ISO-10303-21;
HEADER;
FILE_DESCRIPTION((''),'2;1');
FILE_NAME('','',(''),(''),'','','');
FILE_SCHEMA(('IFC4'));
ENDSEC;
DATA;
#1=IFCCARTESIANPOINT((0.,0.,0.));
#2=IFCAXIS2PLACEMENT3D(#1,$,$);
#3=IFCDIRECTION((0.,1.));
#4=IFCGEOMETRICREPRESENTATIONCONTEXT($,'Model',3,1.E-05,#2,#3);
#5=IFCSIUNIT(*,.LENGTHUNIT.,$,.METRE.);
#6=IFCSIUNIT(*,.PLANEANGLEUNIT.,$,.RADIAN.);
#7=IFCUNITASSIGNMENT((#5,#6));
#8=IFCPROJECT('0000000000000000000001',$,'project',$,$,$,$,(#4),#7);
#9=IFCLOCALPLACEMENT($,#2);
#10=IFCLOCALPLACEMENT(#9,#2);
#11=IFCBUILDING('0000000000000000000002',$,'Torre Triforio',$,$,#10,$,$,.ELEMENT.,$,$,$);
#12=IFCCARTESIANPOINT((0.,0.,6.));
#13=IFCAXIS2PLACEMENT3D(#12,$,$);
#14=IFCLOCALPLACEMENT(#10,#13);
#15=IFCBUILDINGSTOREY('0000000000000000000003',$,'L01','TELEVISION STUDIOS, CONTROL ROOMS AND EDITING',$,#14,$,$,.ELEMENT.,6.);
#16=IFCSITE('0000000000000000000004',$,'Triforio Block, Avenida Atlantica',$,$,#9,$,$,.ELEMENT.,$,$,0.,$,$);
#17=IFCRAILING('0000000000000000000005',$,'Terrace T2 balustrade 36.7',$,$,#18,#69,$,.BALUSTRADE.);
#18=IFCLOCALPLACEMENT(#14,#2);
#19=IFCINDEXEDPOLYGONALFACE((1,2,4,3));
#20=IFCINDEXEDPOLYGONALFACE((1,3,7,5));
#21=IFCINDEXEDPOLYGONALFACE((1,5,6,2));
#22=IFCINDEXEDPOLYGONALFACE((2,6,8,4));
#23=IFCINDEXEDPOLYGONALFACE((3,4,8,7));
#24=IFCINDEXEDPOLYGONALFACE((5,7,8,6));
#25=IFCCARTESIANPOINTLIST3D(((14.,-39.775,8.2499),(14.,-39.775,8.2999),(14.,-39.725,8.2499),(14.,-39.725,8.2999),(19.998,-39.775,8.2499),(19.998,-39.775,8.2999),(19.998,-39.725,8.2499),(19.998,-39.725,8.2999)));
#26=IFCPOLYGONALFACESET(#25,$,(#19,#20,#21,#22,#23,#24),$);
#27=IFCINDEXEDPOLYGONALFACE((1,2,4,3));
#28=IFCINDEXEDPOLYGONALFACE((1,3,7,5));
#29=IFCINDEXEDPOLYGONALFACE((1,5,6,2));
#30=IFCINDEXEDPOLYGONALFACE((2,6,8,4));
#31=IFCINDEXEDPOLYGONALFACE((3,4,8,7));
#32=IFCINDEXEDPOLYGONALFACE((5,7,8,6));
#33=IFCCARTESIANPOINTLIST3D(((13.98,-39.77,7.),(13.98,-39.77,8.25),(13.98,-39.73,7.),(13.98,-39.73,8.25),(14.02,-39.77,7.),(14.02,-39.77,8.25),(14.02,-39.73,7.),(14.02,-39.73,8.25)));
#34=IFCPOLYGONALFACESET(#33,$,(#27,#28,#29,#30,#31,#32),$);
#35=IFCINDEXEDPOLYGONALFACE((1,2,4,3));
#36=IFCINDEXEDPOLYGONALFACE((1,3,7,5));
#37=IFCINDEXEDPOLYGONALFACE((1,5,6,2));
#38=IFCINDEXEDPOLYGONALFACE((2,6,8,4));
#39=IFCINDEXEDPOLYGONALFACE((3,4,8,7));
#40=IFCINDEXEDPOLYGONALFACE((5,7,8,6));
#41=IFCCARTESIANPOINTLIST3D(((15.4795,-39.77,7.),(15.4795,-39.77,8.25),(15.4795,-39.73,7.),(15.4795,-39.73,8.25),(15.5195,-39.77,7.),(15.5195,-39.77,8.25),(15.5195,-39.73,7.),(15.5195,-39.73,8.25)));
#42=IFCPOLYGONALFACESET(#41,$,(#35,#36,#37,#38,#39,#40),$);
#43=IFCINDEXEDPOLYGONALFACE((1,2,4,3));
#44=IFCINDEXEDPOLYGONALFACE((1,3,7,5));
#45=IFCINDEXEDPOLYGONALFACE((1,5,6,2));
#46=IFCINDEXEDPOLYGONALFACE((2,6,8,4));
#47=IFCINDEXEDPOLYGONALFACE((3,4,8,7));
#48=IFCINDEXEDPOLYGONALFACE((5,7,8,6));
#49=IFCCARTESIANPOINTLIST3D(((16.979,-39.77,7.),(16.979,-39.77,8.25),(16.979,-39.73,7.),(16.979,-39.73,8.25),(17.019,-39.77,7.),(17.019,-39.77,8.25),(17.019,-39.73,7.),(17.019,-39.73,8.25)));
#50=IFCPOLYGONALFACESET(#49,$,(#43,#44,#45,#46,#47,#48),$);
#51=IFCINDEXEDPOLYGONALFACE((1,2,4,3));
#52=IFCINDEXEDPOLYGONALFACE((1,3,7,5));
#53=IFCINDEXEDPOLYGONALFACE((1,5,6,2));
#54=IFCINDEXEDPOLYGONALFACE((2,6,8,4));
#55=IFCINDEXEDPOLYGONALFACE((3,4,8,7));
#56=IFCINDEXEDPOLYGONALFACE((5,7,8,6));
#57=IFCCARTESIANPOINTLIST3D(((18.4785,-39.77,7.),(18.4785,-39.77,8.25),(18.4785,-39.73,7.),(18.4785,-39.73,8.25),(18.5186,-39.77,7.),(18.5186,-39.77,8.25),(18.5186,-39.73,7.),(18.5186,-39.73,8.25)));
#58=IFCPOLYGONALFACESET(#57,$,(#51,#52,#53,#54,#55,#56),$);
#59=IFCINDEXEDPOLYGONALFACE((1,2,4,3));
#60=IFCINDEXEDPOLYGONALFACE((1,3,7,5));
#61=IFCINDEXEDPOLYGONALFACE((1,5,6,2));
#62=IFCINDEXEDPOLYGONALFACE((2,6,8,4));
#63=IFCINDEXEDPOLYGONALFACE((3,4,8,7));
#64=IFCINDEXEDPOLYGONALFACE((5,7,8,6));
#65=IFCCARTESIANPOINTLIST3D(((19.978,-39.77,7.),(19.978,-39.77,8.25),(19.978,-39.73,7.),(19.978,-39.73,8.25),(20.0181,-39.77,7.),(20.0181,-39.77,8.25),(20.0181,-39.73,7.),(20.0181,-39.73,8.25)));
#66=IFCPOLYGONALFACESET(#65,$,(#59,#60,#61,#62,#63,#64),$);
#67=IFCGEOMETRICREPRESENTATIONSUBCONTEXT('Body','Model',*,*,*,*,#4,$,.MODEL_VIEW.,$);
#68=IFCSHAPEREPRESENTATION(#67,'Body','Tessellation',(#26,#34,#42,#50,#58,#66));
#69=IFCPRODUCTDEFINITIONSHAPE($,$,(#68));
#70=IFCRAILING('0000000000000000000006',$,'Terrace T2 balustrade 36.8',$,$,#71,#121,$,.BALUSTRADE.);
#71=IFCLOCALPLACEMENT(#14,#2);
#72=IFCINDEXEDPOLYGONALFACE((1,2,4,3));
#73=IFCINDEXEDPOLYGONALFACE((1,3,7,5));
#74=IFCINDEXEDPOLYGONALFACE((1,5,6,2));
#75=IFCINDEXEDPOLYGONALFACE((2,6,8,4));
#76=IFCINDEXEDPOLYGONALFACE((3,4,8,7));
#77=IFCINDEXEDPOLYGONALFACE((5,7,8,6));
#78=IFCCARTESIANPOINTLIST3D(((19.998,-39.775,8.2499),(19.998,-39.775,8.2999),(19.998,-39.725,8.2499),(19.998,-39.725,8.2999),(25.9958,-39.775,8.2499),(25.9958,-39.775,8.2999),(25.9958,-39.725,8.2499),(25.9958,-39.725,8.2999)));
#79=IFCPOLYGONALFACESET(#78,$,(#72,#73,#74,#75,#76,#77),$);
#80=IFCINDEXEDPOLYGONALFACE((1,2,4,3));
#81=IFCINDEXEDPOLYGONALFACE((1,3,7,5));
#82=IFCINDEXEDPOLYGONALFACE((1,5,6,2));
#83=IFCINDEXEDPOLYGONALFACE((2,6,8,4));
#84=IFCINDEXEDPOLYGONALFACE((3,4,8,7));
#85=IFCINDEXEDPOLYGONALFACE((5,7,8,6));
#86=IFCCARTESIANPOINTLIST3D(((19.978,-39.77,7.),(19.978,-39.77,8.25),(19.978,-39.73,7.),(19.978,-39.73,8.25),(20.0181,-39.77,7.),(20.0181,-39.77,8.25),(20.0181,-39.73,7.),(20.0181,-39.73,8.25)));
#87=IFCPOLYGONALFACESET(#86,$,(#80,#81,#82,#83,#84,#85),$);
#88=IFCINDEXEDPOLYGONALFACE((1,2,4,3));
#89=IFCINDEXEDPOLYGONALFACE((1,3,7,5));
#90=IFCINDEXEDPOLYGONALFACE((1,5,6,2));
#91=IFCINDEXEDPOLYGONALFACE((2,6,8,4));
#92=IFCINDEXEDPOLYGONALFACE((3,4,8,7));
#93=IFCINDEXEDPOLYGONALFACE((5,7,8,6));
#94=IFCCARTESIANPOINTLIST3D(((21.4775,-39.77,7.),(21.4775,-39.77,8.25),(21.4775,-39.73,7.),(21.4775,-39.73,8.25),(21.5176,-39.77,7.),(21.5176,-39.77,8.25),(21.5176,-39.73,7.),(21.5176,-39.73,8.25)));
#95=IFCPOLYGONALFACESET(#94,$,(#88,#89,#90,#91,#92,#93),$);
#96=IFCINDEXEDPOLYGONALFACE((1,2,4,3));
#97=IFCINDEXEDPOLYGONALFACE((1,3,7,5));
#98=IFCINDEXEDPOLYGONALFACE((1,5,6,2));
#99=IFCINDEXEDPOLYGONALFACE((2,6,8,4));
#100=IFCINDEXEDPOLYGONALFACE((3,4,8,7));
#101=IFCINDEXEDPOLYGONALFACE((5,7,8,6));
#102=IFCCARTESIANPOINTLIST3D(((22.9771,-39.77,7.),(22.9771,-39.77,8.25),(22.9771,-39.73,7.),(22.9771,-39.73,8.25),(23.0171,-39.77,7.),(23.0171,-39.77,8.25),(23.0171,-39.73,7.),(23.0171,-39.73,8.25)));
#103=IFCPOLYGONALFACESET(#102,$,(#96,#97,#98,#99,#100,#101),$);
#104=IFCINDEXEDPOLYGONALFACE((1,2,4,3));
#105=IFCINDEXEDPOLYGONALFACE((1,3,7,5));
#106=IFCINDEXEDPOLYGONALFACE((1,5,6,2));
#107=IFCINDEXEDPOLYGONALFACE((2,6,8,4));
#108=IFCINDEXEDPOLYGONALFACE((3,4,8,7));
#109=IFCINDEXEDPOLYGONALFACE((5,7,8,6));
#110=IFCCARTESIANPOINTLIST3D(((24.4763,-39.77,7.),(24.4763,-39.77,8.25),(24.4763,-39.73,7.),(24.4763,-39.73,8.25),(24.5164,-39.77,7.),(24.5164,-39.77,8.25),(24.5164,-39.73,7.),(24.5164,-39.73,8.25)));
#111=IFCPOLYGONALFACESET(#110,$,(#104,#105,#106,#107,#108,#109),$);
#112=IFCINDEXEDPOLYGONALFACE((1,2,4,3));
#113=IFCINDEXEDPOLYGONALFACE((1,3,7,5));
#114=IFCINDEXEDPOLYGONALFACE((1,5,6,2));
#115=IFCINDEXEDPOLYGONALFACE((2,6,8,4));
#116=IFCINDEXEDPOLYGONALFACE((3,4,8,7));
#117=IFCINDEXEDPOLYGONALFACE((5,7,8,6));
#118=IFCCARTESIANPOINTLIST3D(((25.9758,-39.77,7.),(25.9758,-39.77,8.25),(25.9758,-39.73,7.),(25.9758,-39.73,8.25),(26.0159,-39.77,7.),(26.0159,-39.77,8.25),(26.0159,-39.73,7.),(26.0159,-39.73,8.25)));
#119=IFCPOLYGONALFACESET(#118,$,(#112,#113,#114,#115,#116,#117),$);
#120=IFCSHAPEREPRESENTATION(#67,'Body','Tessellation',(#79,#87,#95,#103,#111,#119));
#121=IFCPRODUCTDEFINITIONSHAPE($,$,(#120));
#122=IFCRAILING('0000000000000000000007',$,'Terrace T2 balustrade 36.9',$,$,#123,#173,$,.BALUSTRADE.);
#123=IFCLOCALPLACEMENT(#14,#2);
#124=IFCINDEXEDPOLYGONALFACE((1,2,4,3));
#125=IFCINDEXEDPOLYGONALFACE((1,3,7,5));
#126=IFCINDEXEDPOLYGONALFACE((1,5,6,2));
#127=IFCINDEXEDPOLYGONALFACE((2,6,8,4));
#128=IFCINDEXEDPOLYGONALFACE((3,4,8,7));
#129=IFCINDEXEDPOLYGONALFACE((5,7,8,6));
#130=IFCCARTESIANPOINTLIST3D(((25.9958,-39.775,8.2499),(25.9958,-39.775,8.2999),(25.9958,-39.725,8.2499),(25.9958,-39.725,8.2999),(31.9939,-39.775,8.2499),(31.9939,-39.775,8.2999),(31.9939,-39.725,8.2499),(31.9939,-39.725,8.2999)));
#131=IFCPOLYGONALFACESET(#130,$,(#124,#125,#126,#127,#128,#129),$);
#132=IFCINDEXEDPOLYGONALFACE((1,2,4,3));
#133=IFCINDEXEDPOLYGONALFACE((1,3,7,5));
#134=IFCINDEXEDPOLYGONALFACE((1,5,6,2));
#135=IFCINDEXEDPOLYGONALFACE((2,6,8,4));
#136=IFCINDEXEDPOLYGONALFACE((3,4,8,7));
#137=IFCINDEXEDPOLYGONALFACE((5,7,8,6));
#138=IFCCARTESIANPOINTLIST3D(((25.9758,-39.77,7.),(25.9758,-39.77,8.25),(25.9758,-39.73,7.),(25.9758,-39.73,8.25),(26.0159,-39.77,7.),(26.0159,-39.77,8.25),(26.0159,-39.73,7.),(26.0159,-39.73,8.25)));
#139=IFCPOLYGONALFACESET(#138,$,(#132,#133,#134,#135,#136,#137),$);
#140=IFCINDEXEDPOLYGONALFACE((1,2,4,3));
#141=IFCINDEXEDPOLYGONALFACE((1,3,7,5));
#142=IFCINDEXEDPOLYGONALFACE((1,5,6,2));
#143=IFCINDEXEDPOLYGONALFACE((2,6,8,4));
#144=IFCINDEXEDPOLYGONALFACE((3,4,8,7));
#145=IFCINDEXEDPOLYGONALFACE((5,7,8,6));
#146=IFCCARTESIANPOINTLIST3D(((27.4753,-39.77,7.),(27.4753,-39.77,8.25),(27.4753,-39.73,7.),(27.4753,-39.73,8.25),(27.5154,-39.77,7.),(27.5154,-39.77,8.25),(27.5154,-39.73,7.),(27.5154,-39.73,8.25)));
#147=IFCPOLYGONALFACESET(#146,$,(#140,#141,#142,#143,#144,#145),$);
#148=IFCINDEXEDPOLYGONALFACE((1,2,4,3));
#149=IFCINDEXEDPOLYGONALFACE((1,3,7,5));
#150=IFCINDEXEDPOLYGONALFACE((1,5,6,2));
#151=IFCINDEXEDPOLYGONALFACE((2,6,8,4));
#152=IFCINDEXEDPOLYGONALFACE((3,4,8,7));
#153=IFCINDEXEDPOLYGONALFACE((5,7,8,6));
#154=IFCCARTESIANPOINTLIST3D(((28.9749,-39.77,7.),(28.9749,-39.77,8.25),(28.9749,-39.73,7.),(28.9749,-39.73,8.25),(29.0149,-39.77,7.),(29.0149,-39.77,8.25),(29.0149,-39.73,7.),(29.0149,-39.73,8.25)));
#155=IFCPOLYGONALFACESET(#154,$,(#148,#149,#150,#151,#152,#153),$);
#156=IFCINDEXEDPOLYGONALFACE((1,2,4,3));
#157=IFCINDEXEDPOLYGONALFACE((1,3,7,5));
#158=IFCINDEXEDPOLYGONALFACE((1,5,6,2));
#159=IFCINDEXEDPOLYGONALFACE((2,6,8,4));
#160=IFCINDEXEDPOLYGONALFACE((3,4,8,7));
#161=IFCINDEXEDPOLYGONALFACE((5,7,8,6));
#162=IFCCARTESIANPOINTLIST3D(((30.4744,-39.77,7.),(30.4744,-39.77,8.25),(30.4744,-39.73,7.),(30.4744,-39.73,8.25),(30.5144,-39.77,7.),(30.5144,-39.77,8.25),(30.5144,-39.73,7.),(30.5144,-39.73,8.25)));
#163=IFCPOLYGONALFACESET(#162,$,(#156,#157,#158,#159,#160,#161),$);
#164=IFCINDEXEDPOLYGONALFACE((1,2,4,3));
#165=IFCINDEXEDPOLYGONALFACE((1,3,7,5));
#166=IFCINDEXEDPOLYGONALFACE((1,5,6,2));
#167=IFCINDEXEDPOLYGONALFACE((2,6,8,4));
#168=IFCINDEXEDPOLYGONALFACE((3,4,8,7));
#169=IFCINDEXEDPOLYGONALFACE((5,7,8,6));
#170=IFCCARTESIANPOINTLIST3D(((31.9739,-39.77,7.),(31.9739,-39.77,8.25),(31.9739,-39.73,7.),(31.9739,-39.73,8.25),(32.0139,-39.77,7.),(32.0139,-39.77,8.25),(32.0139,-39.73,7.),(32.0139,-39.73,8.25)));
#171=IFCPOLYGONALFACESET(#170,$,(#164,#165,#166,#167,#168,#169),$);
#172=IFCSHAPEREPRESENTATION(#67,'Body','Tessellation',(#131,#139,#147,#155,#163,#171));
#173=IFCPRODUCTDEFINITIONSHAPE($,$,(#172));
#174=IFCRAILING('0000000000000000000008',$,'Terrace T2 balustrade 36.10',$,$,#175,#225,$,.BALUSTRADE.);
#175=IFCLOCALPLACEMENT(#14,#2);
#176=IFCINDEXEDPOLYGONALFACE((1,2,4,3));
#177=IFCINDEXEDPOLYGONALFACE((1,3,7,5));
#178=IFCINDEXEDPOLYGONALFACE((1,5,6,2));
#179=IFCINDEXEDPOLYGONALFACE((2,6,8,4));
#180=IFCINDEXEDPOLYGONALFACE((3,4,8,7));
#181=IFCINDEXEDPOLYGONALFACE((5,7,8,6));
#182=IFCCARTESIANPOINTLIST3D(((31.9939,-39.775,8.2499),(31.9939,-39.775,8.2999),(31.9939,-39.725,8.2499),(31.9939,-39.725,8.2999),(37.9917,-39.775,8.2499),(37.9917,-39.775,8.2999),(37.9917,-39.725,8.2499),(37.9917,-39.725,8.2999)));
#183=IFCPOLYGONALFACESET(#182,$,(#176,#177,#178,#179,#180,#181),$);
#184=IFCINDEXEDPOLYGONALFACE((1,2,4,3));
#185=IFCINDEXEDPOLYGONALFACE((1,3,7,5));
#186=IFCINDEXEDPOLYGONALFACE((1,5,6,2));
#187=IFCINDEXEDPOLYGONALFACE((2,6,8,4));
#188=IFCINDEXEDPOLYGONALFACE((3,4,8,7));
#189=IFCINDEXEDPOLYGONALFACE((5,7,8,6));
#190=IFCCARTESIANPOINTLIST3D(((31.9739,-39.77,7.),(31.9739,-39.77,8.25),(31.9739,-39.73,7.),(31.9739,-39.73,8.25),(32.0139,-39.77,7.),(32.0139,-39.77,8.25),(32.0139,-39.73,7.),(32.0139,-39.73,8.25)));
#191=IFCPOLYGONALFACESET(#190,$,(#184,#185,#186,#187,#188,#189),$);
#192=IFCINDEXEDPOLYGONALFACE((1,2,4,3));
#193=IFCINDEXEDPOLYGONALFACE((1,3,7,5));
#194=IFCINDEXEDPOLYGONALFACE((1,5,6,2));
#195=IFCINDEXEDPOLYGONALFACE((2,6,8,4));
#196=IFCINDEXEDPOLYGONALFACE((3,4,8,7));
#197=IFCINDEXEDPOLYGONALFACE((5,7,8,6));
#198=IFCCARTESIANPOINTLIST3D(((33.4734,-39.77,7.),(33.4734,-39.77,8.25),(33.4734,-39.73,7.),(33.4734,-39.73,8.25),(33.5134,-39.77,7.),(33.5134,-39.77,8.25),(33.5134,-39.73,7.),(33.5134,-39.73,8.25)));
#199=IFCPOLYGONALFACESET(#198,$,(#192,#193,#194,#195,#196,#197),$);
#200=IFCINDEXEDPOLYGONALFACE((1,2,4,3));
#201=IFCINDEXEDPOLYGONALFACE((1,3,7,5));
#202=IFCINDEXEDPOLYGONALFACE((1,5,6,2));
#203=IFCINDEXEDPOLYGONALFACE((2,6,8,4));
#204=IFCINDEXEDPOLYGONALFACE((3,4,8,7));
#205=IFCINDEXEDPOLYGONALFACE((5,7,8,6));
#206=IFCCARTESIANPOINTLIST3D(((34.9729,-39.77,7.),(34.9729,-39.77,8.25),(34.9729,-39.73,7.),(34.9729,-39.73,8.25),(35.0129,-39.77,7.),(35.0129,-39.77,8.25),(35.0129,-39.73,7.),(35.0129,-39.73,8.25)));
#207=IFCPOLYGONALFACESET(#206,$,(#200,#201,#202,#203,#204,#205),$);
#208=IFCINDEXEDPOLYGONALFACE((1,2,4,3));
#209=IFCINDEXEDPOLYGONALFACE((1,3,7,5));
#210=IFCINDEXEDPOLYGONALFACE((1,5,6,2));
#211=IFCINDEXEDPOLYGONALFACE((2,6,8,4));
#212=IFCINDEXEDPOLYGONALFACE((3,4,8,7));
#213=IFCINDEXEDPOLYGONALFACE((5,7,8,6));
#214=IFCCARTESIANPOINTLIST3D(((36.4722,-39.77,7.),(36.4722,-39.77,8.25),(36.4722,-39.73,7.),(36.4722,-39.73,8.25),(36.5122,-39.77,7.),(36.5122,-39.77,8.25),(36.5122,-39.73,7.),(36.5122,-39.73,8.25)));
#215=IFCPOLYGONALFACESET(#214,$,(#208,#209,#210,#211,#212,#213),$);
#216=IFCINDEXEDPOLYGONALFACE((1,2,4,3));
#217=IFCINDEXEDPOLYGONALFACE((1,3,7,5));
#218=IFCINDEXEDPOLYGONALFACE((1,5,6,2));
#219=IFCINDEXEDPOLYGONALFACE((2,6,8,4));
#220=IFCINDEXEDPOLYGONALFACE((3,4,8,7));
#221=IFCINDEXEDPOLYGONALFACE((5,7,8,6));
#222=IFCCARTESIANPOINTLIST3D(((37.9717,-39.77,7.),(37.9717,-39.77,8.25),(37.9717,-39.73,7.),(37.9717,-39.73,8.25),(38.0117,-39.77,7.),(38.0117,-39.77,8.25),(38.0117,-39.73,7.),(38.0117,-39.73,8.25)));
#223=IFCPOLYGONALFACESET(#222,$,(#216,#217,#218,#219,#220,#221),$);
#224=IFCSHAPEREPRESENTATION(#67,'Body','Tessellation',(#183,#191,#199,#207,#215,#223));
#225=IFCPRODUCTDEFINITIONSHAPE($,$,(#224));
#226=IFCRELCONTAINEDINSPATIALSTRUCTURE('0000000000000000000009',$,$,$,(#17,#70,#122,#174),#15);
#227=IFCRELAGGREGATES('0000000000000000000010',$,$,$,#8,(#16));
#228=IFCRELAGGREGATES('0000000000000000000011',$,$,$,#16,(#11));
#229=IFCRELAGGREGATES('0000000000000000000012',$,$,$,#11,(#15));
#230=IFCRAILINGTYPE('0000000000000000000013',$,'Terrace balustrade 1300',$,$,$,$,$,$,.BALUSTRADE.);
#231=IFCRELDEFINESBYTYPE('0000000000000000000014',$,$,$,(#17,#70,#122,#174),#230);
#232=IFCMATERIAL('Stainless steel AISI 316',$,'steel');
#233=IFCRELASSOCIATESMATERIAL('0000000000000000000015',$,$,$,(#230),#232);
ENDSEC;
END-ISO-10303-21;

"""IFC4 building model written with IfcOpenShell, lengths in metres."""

from ifc_helpers import new_model, si_unit, direction, frame, origin, origin_2d, place, context, subcontext, project, spatial, rectangle, extrude, material, type_object, element, save


model = new_model("IFC4")

# Units and contexts
model_context = context("Model", 3, precision=1e-05, world=origin(), true_north=direction((0.0, 1.0)))
body_context = subcontext(model_context, "Body", "Model", "MODEL_VIEW")
ifc_project = project(units=[si_unit("LENGTHUNIT", "METRE"), si_unit("PLANEANGLEUNIT", "RADIAN")], contexts=[model_context])

# Site, building, storey
site_placement = place(None, origin())
site = spatial("IfcSite", under=ifc_project, at=site_placement, Name="Triforio Block, Avenida Atlantica", CompositionType="ELEMENT", RefElevation=0.0)
building_placement = place(site_placement, origin())
building = spatial("IfcBuilding", under=site, at=building_placement, Name="Torre Triforio", CompositionType="ELEMENT")
storey_placement = place(building_placement, frame((0.0, 0.0, 6.0)))
storey = spatial("IfcBuildingStorey", under=building, at=storey_placement, Name="L01", Description="TELEVISION STUDIOS, CONTROL ROOMS AND EDITING", CompositionType="ELEMENT", Elevation=6.0)

# Railings
ifc_material_1 = material(Name="Stainless steel AISI 316", Category="steel")
railing_type = type_object("IfcRailingType", Name="Terrace balustrade 1300", PredefinedType="BALUSTRADE", material=ifc_material_1)
railing_1_placement = place(storey_placement, frame((14.0, -39.75, 7.0)))
element("IfcRailing", 1, at=railing_1_placement, inside=storey, type_object=railing_type, Name="Terrace T2 balustrade 36.7", PredefinedType="BALUSTRADE", context=body_context, shape_type="SweptSolid", body=[
    extrude(rectangle(XDim=0.05, YDim=0.05, at=origin_2d()), frame((0.0, 0.0, 1.2749), z_axis=(1.0, 0.0, 0.0), x_axis=(0.0, 1.0, 0.0)), (0.0, 0.0, 1.0), 5.998),
    extrude(rectangle(XDim=0.04, YDim=0.04, at=origin_2d()), origin(), (0.0, 0.0, 1.0), 1.25),
    extrude(rectangle(XDim=0.04, YDim=0.04, at=origin_2d()), frame((1.4995, 0.0, 0.0)), (0.0, 0.0, 1.0), 1.25),
    extrude(rectangle(XDim=0.04, YDim=0.04, at=origin_2d()), frame((2.999, 0.0, 0.0)), (0.0, 0.0, 1.0), 1.25),
    extrude(rectangle(XDim=0.04, YDim=0.04, at=origin_2d()), frame((4.4985, 0.0, 0.0)), (0.0, 0.0, 1.0), 1.25),
    extrude(rectangle(XDim=0.04, YDim=0.04, at=origin_2d()), frame((5.998, 0.0, 0.0)), (0.0, 0.0, 1.0), 1.25),
])
railing_2_placement = place(storey_placement, frame((19.998, -39.75, 7.0)))
element("IfcRailing", 2, at=railing_2_placement, inside=storey, type_object=railing_type, Name="Terrace T2 balustrade 36.8", PredefinedType="BALUSTRADE", context=body_context, shape_type="SweptSolid", body=[
    extrude(rectangle(XDim=0.05, YDim=0.05, at=origin_2d()), frame((0.0, 0.0, 1.2749), z_axis=(1.0, 0.0, 0.0), x_axis=(0.0, 1.0, 0.0)), (0.0, 0.0, 1.0), 5.9978),
    extrude(rectangle(XDim=0.04, YDim=0.04, at=origin_2d()), origin(), (0.0, 0.0, 1.0), 1.25),
    extrude(rectangle(XDim=0.04, YDim=0.04, at=origin_2d()), frame((1.4995, 0.0, 0.0)), (0.0, 0.0, 1.0), 1.25),
    extrude(rectangle(XDim=0.04, YDim=0.04, at=origin_2d()), frame((2.999, 0.0, 0.0)), (0.0, 0.0, 1.0), 1.25),
    extrude(rectangle(XDim=0.04, YDim=0.04, at=origin_2d()), frame((4.4983, 0.0, 0.0)), (0.0, 0.0, 1.0), 1.25),
    extrude(rectangle(XDim=0.04, YDim=0.04, at=origin_2d()), frame((5.9978, 0.0, 0.0)), (0.0, 0.0, 1.0), 1.25),
])
railing_3_placement = place(storey_placement, frame((25.9958, -39.75, 7.0)))
element("IfcRailing", 3, at=railing_3_placement, inside=storey, type_object=railing_type, Name="Terrace T2 balustrade 36.9", PredefinedType="BALUSTRADE", context=body_context, shape_type="SweptSolid", body=[
    extrude(rectangle(XDim=0.05, YDim=0.05, at=origin_2d()), frame((0.0, 0.0, 1.2749), z_axis=(1.0, 0.0, 0.0), x_axis=(0.0, 1.0, 0.0)), (0.0, 0.0, 1.0), 5.998),
    extrude(rectangle(XDim=0.04, YDim=0.04, at=origin_2d()), origin(), (0.0, 0.0, 1.0), 1.25),
    extrude(rectangle(XDim=0.04, YDim=0.04, at=origin_2d()), frame((1.4995, 0.0, 0.0)), (0.0, 0.0, 1.0), 1.25),
    extrude(rectangle(XDim=0.04, YDim=0.04, at=origin_2d()), frame((2.999, 0.0, 0.0)), (0.0, 0.0, 1.0), 1.25),
    extrude(rectangle(XDim=0.04, YDim=0.04, at=origin_2d()), frame((4.4985, 0.0, 0.0)), (0.0, 0.0, 1.0), 1.25),
    extrude(rectangle(XDim=0.04, YDim=0.04, at=origin_2d()), frame((5.998, 0.0, 0.0)), (0.0, 0.0, 1.0), 1.25),
])
railing_4_placement = place(storey_placement, frame((31.9939, -39.75, 7.0)))
element("IfcRailing", 4, at=railing_4_placement, inside=storey, type_object=railing_type, Name="Terrace T2 balustrade 36.10", PredefinedType="BALUSTRADE", context=body_context, shape_type="SweptSolid", body=[
    extrude(rectangle(XDim=0.05, YDim=0.05, at=origin_2d()), frame((0.0, 0.0, 1.2749), z_axis=(1.0, 0.0, 0.0), x_axis=(0.0, 1.0, 0.0)), (0.0, 0.0, 1.0), 5.9978),
    extrude(rectangle(XDim=0.04, YDim=0.04, at=origin_2d()), origin(), (0.0, 0.0, 1.0), 1.25),
    extrude(rectangle(XDim=0.04, YDim=0.04, at=origin_2d()), frame((1.4995, 0.0, 0.0)), (0.0, 0.0, 1.0), 1.25),
    extrude(rectangle(XDim=0.04, YDim=0.04, at=origin_2d()), frame((2.999, 0.0, 0.0)), (0.0, 0.0, 1.0), 1.25),
    extrude(rectangle(XDim=0.04, YDim=0.04, at=origin_2d()), frame((4.4983, 0.0, 0.0)), (0.0, 0.0, 1.0), 1.25),
    extrude(rectangle(XDim=0.04, YDim=0.04, at=origin_2d()), frame((5.9978, 0.0, 0.0)), (0.0, 0.0, 1.0), 1.25),
])

save(model, "model.ifc")
